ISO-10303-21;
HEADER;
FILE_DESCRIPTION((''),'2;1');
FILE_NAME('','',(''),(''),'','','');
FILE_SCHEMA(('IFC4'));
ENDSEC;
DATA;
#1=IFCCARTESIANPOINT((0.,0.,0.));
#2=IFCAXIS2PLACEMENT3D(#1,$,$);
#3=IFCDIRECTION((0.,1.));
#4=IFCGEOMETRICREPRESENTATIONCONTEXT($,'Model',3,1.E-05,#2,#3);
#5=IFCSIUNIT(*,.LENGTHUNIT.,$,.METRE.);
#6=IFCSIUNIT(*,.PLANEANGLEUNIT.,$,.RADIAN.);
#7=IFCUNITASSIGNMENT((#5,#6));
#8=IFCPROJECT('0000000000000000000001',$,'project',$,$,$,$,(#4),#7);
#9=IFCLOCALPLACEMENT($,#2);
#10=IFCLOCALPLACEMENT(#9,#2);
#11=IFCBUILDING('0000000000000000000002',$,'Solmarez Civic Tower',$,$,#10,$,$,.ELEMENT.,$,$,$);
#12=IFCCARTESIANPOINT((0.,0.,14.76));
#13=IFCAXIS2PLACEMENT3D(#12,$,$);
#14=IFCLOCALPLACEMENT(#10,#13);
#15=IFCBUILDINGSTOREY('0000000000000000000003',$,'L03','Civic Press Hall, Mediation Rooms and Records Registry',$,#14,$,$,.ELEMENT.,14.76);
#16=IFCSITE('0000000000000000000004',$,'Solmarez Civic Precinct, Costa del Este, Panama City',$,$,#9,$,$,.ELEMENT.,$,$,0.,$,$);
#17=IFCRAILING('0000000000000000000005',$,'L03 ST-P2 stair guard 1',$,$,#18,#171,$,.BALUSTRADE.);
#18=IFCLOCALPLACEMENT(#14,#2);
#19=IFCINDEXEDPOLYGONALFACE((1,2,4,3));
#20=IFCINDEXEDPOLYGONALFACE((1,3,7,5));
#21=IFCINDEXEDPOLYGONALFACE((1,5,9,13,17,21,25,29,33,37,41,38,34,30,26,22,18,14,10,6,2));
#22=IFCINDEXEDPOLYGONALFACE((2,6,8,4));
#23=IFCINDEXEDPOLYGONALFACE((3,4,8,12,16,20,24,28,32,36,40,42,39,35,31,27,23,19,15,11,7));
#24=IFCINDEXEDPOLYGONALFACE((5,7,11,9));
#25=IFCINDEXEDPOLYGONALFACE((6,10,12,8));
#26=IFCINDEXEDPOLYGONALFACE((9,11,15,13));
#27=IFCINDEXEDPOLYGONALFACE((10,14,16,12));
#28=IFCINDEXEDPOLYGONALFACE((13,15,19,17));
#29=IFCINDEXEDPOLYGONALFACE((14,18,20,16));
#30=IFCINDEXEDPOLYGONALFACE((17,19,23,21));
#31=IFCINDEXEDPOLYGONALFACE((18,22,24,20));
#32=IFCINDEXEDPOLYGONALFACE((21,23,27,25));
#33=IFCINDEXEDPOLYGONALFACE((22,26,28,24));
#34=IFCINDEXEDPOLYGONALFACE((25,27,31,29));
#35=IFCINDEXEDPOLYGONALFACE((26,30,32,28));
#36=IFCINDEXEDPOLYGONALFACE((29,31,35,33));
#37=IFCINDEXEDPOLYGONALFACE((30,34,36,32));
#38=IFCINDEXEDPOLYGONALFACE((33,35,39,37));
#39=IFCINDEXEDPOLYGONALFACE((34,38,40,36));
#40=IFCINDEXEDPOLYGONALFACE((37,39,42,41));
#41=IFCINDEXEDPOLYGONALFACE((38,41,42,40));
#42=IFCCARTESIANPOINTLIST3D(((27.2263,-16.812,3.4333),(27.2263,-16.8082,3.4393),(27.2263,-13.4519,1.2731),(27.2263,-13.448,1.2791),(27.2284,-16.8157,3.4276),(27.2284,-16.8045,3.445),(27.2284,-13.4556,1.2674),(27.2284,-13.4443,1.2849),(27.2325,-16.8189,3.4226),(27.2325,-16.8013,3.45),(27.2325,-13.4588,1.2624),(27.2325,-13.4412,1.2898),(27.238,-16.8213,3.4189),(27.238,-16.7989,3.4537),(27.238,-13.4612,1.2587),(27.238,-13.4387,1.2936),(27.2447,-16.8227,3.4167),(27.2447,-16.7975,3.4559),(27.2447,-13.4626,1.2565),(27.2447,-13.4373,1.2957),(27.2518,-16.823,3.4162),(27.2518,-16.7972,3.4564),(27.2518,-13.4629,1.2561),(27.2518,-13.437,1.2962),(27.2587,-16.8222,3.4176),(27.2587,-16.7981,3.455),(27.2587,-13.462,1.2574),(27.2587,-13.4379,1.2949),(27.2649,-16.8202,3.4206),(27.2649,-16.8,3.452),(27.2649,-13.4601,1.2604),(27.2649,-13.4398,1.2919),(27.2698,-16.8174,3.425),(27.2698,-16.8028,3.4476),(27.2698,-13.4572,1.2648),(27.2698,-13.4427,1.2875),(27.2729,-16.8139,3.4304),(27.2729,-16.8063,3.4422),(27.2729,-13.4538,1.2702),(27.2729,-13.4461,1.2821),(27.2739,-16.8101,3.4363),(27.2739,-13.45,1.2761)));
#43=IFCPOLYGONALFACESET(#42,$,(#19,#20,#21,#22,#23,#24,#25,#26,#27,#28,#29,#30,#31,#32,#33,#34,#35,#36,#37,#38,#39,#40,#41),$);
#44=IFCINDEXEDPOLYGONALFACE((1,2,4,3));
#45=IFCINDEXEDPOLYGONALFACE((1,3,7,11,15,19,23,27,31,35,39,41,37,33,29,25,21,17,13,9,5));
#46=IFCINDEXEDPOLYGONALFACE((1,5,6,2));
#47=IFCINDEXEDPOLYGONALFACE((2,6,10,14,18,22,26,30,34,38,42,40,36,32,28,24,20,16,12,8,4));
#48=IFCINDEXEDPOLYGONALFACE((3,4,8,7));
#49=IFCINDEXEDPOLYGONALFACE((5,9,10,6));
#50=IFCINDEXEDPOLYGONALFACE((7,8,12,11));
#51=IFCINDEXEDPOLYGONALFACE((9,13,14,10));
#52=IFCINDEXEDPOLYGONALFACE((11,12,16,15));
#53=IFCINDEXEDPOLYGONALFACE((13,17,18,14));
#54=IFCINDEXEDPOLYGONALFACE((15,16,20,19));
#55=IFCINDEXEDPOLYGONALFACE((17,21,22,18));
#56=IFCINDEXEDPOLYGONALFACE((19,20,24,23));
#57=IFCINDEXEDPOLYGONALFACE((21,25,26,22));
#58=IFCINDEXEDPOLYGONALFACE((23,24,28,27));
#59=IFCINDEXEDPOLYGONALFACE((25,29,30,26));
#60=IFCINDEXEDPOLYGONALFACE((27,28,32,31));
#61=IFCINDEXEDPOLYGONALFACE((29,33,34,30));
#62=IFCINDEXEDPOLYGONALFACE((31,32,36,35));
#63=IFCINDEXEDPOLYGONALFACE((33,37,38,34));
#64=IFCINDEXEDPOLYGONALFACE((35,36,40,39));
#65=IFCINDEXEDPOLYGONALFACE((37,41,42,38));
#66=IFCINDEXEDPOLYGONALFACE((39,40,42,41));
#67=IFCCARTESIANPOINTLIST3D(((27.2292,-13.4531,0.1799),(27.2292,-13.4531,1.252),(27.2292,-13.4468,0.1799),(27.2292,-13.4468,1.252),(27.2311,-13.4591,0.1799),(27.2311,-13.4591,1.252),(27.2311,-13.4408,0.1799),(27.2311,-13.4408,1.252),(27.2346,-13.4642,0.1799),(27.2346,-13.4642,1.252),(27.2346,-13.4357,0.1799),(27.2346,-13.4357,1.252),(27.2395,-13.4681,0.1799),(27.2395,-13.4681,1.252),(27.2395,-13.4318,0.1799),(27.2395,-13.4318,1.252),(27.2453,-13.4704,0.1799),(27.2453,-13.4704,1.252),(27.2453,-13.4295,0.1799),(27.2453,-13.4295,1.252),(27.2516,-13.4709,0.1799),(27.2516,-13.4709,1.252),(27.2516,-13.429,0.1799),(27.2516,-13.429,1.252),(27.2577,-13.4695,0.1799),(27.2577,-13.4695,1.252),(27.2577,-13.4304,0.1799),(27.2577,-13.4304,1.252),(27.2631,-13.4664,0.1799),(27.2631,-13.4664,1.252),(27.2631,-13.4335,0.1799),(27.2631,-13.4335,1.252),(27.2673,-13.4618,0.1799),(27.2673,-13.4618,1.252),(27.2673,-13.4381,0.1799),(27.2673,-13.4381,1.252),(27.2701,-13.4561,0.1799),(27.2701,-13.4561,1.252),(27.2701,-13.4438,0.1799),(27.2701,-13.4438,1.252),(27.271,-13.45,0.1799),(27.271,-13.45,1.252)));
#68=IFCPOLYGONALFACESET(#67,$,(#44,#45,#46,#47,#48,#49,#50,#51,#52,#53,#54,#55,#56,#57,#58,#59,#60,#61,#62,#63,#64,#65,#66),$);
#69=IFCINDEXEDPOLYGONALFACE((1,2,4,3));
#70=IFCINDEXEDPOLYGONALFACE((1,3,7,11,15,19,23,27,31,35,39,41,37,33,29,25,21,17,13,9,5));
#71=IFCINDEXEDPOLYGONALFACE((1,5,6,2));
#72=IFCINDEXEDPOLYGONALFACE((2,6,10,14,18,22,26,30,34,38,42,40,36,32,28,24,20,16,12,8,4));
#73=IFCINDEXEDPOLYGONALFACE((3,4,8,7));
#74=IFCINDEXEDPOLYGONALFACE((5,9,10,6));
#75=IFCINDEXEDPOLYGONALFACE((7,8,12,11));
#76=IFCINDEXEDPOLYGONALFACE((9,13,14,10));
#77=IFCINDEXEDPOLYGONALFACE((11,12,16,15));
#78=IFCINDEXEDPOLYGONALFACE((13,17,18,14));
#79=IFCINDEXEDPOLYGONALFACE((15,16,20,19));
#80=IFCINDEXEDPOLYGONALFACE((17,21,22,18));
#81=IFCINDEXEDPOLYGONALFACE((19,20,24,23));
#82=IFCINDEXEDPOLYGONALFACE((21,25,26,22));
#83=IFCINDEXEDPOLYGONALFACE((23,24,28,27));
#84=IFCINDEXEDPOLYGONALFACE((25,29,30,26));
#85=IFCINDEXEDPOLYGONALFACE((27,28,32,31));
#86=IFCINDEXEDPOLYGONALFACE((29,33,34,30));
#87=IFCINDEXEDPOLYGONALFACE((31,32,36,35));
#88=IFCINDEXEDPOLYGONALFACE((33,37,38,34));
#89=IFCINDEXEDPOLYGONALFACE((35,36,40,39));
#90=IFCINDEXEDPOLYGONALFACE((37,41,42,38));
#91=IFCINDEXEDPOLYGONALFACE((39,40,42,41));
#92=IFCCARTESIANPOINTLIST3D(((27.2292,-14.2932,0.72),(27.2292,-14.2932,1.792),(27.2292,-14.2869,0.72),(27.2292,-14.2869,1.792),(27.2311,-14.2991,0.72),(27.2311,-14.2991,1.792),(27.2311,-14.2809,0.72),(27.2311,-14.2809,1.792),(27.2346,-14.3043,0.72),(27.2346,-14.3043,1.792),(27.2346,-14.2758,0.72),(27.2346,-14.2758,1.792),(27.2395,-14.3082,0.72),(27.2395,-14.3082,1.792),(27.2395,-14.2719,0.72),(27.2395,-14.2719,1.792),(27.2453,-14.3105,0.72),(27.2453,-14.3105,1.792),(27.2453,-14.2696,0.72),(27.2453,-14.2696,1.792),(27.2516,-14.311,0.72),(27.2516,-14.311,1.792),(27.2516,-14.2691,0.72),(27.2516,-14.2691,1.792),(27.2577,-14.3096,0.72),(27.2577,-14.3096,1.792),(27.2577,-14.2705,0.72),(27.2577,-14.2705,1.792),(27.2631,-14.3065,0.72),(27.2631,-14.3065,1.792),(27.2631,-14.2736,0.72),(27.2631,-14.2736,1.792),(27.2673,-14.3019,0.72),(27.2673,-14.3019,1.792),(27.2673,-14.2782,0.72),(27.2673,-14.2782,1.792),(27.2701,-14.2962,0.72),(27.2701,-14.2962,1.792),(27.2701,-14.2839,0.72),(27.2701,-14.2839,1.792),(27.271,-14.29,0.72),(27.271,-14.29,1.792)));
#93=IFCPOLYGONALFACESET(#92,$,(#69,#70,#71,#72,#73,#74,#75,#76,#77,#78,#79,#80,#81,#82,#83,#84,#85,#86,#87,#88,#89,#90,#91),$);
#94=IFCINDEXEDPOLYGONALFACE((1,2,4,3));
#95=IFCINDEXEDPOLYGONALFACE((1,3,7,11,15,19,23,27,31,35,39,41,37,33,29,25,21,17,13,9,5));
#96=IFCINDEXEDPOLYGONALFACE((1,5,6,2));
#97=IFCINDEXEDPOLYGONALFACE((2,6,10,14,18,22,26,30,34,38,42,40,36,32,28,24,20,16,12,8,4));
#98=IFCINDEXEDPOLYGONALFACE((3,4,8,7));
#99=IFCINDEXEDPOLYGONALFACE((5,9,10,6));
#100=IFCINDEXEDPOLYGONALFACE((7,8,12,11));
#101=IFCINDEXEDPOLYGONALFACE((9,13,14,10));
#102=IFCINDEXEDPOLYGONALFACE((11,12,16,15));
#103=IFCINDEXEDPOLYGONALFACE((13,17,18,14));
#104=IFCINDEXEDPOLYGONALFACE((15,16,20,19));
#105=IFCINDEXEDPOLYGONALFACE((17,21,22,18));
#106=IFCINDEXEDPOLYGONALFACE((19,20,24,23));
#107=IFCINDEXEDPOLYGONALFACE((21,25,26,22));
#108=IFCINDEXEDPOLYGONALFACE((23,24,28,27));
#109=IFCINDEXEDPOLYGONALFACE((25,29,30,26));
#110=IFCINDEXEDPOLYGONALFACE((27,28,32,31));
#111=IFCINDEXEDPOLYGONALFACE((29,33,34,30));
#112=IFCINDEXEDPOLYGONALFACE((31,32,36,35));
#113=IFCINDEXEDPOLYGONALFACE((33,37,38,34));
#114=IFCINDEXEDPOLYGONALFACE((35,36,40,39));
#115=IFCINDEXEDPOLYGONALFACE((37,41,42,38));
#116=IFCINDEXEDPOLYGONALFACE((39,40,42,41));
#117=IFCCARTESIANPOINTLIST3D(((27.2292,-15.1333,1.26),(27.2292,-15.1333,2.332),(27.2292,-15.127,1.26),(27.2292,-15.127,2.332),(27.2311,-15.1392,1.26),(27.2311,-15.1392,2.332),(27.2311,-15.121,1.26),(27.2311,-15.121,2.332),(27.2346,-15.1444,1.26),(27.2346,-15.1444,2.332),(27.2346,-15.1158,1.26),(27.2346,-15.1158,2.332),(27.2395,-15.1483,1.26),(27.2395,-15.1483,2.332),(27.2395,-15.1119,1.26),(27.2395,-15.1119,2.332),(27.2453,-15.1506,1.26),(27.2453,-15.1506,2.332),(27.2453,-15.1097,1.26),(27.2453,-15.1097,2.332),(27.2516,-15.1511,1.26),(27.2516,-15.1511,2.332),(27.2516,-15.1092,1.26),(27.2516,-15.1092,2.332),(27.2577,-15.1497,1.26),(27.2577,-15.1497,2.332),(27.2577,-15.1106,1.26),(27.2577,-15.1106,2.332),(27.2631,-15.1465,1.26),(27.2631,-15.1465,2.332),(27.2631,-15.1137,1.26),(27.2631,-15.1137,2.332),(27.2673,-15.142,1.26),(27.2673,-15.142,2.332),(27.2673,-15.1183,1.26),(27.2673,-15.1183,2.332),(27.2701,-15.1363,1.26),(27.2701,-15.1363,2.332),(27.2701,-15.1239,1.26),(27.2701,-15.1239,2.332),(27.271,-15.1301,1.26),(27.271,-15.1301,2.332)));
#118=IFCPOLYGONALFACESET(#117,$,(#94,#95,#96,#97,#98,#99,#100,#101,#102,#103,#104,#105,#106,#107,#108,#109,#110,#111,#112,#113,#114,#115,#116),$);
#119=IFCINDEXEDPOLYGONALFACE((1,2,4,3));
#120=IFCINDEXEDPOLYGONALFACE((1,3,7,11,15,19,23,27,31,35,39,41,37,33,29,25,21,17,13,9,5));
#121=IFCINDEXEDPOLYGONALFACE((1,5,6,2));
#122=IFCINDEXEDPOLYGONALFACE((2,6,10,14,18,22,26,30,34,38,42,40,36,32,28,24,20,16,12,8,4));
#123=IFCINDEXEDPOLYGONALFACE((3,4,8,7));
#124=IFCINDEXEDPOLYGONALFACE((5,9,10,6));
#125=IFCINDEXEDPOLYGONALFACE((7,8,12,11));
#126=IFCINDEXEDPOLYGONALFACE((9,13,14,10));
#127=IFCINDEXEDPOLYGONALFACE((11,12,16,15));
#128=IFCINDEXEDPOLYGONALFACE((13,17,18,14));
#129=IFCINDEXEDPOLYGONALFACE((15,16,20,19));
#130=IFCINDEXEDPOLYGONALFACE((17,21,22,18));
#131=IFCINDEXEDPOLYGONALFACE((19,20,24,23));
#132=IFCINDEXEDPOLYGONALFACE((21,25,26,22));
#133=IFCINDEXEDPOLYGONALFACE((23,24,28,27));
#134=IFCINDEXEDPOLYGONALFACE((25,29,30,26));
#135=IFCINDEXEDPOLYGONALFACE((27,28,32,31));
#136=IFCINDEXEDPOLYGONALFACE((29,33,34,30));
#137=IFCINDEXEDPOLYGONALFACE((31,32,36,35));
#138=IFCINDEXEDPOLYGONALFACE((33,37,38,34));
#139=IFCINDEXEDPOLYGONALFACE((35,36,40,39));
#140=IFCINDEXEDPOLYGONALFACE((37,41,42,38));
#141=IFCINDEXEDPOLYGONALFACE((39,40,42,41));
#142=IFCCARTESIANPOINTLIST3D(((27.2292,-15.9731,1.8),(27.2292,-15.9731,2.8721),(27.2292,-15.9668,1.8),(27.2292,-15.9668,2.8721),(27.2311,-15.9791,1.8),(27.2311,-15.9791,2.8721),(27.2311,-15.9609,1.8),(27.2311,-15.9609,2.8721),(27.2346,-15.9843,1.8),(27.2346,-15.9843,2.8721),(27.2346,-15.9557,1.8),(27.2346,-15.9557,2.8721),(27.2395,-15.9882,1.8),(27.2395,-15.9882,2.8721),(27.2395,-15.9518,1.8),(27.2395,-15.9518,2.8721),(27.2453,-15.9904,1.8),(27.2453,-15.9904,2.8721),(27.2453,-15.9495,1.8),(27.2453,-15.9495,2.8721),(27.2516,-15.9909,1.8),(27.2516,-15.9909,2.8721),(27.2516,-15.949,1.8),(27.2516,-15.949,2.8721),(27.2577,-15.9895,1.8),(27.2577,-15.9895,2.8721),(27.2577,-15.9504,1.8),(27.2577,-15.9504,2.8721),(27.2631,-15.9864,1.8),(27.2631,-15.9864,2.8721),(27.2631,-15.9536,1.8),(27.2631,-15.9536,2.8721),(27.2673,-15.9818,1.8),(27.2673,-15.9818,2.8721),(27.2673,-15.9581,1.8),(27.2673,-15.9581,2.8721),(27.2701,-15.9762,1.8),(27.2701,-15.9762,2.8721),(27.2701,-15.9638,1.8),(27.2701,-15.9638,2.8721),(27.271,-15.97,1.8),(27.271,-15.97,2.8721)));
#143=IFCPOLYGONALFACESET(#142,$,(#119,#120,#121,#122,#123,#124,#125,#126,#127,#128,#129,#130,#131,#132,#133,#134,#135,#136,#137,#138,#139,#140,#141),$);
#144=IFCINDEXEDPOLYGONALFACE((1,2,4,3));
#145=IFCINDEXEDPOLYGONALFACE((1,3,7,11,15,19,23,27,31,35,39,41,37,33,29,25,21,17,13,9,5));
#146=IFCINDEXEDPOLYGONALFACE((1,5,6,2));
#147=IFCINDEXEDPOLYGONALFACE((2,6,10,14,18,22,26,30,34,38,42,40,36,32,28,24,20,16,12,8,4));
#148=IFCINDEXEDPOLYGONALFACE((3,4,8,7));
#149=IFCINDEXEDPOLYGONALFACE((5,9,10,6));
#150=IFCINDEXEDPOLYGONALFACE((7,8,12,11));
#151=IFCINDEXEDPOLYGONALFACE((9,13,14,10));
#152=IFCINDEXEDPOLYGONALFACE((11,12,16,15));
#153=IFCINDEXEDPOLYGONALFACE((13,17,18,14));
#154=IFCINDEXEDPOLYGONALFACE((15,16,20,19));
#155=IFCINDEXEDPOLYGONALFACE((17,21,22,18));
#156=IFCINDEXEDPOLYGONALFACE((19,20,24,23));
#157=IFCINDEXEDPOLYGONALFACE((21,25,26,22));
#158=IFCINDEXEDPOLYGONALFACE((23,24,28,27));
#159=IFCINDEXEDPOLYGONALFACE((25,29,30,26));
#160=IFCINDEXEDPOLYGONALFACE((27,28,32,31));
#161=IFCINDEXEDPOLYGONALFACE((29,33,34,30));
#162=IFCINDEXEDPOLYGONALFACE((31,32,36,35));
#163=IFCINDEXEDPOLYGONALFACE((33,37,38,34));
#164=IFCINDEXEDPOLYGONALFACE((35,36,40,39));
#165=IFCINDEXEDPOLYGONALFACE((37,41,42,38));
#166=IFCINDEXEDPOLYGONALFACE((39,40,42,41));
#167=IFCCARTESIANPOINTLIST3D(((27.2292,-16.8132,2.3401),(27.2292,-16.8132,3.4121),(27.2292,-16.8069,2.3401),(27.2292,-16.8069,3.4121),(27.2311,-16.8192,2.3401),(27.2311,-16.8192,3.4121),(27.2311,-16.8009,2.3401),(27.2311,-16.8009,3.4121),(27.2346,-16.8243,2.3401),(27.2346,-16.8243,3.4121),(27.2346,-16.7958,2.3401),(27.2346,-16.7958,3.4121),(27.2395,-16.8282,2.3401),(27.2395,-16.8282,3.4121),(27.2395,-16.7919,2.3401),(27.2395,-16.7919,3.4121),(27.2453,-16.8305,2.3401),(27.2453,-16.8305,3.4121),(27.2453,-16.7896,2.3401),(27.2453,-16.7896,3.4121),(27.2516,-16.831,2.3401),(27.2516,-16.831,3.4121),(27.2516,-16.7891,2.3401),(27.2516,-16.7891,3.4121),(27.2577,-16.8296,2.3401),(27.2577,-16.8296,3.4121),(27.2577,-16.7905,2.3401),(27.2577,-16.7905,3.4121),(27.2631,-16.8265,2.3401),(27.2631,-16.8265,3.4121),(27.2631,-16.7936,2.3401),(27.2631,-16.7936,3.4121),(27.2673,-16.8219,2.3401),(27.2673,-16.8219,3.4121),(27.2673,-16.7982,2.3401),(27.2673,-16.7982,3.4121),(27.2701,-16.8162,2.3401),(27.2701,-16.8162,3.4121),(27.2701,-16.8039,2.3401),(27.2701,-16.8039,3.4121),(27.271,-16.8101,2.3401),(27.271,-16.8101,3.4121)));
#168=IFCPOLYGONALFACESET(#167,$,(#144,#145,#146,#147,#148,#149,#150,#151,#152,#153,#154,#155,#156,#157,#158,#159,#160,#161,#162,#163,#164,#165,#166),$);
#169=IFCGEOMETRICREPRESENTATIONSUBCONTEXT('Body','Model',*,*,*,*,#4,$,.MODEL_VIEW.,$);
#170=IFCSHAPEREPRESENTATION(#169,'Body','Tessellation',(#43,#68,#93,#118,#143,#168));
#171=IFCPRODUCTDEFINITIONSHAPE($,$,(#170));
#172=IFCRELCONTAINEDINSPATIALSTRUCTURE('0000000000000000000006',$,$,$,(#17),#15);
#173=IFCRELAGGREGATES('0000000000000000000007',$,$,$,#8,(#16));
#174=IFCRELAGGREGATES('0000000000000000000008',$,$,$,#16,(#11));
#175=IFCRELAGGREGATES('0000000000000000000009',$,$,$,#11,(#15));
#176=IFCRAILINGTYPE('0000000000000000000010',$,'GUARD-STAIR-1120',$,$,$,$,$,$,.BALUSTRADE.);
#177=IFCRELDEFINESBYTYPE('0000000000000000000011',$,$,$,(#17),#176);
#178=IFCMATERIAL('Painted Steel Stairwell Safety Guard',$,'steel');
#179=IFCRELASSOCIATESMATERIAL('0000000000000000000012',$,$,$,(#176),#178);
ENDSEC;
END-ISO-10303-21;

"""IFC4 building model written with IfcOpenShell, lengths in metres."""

from ifc_helpers import new_model, si_unit, direction, frame, origin, origin_2d, place, context, subcontext, project, spatial, circle, extrude, material, type_object, element, save


model = new_model("IFC4")

# Units and contexts
model_context = context("Model", 3, precision=1e-05, world=origin(), true_north=direction((0.0, 1.0)))
body_context = subcontext(model_context, "Body", "Model", "MODEL_VIEW")
ifc_project = project(units=[si_unit("LENGTHUNIT", "METRE"), si_unit("PLANEANGLEUNIT", "RADIAN")], contexts=[model_context])

# Site, building, storey
site_placement = place(None, origin())
site = spatial("IfcSite", under=ifc_project, at=site_placement, Name="Solmarez Civic Precinct, Costa del Este, Panama City", CompositionType="ELEMENT", RefElevation=0.0)
building_placement = place(site_placement, origin())
building = spatial("IfcBuilding", under=site, at=building_placement, Name="Solmarez Civic Tower", CompositionType="ELEMENT")
storey_placement = place(building_placement, frame((0.0, 0.0, 14.76)))
storey = spatial("IfcBuildingStorey", under=building, at=storey_placement, Name="L03", Description="Civic Press Hall, Mediation Rooms and Records Registry", CompositionType="ELEMENT", Elevation=14.76)

# Railing
ifc_material_1 = material(Name="Painted Steel Stairwell Safety Guard", Category="steel")
railing_type_1 = type_object("IfcRailingType", Name="GUARD-STAIR-1120", PredefinedType="BALUSTRADE", material=ifc_material_1)
railing_1_placement = place(storey_placement, frame((27.25, -13.45, 0.1799)))
element("IfcRailing", 1, at=railing_1_placement, inside=storey, type_object=railing_type_1, Name="L03 ST-P2 stair guard 1", PredefinedType="BALUSTRADE", context=body_context, shape_type="SweptSolid", body=[
    extrude(circle(Radius=0.0239, at=origin_2d()), frame((0.0, 0.0, 1.0962), z_axis=(0.0, -0.841169, 0.540773), x_axis=(1.0, 0.0, 0.0)), (0.0, 0.0, 1.0), 3.9946),
    extrude(circle(Radius=0.021, at=origin_2d()), origin(), (0.0, 0.0, 1.0), 1.072),
    extrude(circle(Radius=0.021, at=origin_2d()), frame((0.0, -0.8401, 0.54)), (0.0, 0.0, 1.0), 1.072),
    extrude(circle(Radius=0.021, at=origin_2d()), frame((0.0, -1.6802, 1.0801)), (0.0, 0.0, 1.0), 1.072),
    extrude(circle(Radius=0.021, at=origin_2d()), frame((0.0, -2.52, 1.6201)), (0.0, 0.0, 1.0), 1.072),
    extrude(circle(Radius=0.021, at=origin_2d()), frame((0.0, -3.3601, 2.1602)), (0.0, 0.0, 1.0), 1.072),
])

save(model, "model.ifc")
